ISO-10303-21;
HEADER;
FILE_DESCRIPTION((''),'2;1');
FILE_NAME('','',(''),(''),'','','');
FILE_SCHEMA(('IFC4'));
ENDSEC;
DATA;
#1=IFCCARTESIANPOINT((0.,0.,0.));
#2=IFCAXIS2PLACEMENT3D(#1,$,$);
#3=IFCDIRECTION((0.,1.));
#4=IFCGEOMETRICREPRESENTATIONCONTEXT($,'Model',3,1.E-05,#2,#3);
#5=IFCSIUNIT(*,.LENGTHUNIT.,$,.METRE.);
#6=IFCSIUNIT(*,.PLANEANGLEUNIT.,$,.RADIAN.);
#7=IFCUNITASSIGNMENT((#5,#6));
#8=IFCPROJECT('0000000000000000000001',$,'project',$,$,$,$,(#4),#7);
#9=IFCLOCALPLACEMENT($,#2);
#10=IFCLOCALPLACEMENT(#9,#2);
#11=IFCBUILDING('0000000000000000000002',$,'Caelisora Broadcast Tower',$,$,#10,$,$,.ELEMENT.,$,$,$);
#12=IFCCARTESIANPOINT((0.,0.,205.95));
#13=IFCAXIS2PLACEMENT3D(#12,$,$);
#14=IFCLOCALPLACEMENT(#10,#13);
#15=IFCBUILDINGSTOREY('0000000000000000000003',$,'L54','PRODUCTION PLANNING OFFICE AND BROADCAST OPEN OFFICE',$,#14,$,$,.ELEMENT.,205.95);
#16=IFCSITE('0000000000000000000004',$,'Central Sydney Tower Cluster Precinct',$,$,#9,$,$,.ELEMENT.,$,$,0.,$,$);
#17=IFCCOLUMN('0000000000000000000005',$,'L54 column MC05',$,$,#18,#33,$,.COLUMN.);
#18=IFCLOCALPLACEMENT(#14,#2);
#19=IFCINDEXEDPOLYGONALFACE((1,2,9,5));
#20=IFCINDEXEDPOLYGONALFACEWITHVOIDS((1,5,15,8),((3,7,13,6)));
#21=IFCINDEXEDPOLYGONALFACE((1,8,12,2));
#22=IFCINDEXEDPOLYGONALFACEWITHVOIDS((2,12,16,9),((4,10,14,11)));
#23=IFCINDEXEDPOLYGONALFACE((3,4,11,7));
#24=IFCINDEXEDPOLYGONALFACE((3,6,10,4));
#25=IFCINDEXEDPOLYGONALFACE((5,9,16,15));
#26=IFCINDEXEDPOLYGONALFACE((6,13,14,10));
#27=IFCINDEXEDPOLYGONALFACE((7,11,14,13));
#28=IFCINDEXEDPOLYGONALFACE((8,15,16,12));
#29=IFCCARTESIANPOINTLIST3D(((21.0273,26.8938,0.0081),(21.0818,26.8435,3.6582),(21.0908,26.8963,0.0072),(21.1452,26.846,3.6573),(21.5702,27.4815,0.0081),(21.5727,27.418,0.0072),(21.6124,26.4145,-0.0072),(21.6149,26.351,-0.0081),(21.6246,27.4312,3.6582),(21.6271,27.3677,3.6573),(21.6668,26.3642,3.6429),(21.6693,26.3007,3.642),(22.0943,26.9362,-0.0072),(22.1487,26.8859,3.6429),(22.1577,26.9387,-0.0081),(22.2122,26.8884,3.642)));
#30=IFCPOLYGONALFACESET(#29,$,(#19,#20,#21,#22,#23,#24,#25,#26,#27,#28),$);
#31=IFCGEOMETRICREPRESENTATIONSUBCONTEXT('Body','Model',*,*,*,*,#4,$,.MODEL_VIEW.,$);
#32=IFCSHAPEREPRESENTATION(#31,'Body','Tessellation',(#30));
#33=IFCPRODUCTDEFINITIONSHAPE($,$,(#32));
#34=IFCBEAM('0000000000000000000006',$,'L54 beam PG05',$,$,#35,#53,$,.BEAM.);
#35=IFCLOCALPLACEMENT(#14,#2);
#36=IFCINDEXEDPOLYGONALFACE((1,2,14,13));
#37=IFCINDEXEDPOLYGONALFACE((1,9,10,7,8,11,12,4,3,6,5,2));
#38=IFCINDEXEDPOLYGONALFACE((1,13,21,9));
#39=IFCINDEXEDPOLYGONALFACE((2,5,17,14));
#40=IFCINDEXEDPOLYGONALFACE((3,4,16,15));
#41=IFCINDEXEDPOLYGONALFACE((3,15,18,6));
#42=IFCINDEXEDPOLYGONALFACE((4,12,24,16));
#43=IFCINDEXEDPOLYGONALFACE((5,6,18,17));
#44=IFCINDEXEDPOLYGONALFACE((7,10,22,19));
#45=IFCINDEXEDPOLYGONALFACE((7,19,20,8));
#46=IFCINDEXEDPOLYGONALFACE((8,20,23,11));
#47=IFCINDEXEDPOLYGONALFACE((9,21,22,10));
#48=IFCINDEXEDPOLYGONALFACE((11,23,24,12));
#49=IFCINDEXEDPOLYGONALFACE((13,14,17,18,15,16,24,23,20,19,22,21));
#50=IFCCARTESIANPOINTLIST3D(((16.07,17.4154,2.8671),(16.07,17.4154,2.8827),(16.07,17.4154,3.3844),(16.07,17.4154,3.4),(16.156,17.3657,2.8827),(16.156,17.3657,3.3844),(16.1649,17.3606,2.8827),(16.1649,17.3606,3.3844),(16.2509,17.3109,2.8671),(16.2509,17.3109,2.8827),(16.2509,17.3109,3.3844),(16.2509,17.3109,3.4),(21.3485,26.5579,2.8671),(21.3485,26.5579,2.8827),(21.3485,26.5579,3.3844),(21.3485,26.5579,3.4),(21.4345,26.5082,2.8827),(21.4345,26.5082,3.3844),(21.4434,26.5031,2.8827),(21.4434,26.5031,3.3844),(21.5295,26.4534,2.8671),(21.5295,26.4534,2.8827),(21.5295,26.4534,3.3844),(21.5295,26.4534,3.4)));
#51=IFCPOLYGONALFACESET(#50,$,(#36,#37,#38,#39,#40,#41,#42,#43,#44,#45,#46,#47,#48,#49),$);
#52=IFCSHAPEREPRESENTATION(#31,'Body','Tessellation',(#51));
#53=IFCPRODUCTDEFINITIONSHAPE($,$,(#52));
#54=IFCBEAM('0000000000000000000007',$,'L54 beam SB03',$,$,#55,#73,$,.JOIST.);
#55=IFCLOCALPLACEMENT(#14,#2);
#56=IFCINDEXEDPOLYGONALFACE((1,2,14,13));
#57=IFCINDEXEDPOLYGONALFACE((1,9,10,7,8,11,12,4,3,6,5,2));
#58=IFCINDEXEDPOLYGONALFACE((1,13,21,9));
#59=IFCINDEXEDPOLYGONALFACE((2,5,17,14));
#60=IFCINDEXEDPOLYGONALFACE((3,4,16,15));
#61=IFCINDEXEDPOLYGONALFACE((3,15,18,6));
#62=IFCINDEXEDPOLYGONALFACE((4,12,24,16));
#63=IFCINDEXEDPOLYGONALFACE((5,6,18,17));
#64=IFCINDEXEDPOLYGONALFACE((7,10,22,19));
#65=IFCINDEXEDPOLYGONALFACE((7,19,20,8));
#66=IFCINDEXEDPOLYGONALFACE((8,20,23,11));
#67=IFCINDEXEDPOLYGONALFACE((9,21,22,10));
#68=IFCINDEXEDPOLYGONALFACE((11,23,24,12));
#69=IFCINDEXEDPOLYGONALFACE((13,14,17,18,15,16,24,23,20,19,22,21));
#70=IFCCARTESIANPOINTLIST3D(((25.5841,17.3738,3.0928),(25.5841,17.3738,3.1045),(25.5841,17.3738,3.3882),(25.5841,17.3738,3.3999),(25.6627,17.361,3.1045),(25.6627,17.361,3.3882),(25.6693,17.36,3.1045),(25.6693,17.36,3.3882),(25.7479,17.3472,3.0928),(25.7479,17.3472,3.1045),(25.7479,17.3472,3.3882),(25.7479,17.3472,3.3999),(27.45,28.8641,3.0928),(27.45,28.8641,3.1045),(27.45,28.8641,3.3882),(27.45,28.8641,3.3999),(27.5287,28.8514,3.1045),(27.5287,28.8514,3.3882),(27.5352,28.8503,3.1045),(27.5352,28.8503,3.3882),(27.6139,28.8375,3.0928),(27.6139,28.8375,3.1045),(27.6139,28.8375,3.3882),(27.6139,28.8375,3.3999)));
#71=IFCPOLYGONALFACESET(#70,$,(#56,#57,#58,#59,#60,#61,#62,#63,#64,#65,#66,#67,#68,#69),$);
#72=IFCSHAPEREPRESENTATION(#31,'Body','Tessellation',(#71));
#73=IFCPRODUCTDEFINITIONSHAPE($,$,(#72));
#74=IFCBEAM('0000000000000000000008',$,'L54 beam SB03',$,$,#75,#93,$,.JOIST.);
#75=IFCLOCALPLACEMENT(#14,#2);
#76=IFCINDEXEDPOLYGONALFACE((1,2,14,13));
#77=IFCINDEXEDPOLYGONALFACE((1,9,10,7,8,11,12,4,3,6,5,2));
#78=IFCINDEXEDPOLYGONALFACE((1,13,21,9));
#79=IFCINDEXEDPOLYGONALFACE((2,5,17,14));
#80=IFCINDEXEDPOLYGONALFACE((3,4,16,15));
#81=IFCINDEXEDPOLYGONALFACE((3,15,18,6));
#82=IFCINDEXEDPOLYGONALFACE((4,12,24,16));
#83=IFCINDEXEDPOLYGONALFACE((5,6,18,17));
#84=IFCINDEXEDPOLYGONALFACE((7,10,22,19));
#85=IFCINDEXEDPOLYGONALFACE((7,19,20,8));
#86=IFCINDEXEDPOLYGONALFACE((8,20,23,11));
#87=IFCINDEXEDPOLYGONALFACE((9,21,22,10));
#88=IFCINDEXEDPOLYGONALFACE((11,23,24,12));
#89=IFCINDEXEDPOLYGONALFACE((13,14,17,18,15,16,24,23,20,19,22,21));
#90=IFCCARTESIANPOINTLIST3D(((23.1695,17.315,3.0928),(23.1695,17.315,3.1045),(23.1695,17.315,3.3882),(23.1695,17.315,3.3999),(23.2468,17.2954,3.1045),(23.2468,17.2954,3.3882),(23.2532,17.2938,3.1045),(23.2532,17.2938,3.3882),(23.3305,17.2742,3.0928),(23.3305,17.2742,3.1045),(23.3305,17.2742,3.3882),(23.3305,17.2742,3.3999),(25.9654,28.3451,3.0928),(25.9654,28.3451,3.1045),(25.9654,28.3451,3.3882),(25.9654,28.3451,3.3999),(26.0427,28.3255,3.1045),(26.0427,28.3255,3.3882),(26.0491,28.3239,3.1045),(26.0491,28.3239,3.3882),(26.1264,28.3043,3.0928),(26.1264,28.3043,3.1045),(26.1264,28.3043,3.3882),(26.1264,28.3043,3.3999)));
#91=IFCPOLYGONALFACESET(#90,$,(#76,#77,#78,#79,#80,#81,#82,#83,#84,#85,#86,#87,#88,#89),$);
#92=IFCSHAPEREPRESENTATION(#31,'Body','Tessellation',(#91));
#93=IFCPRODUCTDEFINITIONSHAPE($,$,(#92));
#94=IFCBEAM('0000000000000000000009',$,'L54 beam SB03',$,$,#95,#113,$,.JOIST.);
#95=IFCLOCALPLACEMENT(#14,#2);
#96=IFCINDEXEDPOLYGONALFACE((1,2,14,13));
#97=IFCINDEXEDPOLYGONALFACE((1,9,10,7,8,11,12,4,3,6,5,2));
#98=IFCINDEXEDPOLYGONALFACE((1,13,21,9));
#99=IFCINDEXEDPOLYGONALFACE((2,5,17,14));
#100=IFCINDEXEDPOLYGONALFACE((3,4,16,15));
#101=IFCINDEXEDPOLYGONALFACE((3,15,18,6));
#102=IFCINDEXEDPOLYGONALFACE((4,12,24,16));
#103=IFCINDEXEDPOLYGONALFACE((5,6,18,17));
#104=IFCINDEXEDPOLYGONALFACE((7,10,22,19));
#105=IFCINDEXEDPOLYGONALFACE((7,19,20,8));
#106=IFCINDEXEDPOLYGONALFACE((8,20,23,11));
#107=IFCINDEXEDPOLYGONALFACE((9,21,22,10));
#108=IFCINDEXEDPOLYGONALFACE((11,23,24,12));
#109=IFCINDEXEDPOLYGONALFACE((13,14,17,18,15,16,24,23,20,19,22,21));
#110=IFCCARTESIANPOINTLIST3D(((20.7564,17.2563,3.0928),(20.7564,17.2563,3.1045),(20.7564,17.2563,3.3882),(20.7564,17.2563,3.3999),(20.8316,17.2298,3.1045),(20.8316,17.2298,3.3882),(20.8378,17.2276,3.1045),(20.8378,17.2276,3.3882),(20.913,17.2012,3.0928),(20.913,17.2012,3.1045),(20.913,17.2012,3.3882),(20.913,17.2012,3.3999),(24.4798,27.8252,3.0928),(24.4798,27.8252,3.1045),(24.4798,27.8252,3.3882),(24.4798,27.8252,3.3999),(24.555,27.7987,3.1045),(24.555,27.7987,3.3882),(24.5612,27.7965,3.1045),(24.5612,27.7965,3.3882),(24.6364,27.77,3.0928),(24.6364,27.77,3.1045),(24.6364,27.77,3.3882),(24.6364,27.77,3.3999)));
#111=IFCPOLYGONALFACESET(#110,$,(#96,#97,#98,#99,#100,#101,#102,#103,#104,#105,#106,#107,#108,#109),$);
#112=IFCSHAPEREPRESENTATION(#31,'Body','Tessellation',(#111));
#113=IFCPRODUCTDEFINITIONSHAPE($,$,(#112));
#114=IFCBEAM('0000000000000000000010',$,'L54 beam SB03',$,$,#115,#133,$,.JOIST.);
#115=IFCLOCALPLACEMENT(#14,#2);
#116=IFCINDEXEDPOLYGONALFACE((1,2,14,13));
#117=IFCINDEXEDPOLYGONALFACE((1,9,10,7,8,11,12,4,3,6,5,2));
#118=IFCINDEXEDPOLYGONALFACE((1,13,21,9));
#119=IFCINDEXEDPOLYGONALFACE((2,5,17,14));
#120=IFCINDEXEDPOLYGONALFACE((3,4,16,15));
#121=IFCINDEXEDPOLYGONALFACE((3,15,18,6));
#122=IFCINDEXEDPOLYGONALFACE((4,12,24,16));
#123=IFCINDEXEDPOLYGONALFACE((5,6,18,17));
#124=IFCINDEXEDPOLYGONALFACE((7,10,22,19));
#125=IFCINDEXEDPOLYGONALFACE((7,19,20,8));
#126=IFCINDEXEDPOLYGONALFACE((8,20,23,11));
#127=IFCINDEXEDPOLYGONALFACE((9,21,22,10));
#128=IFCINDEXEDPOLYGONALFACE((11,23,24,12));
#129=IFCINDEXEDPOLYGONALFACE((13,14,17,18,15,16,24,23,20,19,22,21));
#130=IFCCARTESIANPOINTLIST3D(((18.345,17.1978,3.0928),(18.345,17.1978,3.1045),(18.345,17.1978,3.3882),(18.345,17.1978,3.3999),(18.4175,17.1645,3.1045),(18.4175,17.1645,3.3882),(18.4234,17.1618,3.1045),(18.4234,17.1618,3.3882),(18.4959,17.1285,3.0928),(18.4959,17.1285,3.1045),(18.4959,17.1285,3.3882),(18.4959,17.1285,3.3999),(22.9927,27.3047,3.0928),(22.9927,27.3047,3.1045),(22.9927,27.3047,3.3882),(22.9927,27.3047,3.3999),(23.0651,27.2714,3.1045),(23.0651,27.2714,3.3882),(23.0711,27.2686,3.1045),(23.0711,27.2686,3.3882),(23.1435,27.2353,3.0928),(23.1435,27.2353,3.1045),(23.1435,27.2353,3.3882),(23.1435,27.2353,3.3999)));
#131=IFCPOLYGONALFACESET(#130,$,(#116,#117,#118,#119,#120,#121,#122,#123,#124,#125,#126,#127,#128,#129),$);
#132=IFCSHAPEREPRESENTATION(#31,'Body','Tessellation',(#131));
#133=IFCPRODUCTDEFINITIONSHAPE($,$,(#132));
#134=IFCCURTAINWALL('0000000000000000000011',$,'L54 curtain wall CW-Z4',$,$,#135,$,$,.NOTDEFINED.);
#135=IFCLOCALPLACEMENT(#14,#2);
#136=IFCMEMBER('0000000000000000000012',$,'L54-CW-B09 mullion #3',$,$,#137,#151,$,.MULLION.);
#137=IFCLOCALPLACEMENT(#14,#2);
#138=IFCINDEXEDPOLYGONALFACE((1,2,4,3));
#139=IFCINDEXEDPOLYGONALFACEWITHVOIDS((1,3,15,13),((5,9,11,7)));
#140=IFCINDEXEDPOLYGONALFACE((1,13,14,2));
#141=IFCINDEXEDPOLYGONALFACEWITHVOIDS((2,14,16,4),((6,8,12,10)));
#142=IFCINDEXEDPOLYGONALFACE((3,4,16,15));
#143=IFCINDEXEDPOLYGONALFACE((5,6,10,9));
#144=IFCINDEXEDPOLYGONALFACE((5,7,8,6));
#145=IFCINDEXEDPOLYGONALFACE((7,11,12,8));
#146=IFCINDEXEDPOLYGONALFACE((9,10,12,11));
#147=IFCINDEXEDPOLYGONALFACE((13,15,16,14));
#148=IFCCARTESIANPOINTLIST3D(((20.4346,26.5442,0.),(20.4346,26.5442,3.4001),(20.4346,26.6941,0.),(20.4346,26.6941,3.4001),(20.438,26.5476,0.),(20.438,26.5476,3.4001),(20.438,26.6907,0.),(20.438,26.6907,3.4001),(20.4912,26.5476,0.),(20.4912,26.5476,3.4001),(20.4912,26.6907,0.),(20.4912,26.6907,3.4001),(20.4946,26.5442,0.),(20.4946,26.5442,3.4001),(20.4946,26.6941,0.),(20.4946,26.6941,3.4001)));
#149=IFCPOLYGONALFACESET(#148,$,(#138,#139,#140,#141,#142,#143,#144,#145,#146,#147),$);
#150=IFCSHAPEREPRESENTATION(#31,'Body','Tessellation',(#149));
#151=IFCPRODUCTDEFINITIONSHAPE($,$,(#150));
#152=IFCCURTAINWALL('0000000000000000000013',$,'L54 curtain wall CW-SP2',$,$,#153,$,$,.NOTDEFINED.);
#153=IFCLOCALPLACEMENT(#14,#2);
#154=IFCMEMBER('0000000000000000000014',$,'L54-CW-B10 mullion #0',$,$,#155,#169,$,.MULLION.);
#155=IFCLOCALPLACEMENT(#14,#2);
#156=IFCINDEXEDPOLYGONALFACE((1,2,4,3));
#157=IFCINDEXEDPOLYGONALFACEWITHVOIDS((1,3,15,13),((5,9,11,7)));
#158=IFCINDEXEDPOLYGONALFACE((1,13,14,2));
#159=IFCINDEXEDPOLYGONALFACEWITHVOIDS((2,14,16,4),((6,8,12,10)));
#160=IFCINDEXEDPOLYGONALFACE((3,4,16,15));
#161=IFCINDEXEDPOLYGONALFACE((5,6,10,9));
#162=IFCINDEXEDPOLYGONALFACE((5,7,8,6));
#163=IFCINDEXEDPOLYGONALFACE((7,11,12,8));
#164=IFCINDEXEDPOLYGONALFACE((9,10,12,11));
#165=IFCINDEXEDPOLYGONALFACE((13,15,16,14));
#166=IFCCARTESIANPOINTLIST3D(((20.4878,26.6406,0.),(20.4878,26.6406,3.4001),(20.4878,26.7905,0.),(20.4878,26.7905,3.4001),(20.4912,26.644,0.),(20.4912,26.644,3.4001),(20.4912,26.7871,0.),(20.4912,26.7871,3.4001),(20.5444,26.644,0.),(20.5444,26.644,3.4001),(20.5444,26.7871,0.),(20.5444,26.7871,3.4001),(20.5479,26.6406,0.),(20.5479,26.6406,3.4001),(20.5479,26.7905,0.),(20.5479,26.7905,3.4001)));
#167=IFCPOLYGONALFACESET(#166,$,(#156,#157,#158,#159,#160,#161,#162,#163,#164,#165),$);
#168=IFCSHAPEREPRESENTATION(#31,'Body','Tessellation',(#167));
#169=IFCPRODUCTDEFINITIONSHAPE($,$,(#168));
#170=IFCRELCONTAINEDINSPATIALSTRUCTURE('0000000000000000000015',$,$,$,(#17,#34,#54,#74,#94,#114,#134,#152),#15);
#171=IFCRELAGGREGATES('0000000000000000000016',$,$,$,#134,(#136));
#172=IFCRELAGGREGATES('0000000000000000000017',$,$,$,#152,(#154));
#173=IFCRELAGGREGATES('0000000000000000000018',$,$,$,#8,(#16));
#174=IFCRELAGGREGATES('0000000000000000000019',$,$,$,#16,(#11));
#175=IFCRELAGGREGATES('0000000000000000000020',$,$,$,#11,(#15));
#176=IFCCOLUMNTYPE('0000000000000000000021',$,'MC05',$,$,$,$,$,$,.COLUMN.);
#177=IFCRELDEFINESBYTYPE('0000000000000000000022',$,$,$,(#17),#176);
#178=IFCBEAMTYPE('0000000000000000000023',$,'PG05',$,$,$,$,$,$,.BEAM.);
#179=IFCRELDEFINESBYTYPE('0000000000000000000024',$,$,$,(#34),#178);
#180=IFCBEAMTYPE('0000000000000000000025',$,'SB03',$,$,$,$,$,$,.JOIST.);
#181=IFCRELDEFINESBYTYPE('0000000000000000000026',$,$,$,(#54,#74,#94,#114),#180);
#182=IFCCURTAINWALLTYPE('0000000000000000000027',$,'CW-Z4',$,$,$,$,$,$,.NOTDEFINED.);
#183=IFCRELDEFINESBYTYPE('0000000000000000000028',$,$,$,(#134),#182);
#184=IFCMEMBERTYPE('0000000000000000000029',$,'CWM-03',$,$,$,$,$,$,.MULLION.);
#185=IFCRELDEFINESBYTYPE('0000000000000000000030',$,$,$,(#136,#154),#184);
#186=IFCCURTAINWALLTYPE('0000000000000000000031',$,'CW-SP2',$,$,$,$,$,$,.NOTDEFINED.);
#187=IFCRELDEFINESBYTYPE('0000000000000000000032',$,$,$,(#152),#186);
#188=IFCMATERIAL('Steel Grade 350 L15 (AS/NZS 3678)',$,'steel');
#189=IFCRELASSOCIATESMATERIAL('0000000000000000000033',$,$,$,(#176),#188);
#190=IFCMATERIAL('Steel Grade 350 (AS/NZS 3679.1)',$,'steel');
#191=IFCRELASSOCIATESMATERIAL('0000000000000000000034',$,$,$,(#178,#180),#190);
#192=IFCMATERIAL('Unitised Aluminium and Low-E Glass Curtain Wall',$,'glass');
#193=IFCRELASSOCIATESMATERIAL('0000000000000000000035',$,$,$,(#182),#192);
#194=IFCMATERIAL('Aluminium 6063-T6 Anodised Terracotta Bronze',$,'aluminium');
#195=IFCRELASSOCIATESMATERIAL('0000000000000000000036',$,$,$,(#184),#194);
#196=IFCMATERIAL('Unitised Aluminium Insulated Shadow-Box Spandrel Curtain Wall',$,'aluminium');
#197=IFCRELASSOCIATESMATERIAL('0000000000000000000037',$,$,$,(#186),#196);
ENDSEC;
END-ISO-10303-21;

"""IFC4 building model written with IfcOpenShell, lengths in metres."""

from ifc_helpers import new_model, si_unit, direction, frame, origin, origin_2d, place, context, subcontext, project, spatial, hollow_rectangle, i_section, extrude, source, transform, mapped, material, material_profile, profile_set, type_object, type_shapes, element, aggregate, save


model = new_model("IFC4")

# Units and contexts
model_context = context("Model", 3, precision=1e-05, world=origin(), true_north=direction((0.0, 1.0)))
body_context = subcontext(model_context, "Body", "Model", "MODEL_VIEW")
ifc_project = project(units=[si_unit("LENGTHUNIT", "METRE"), si_unit("PLANEANGLEUNIT", "RADIAN")], contexts=[model_context])

# Site, building, storey
site_placement = place(None, origin())
site = spatial("IfcSite", under=ifc_project, at=site_placement, Name="Central Sydney Tower Cluster Precinct", CompositionType="ELEMENT", RefElevation=0.0)
building_placement = place(site_placement, origin())
building = spatial("IfcBuilding", under=site, at=building_placement, Name="Caelisora Broadcast Tower", CompositionType="ELEMENT")
storey_placement = place(building_placement, frame((0.0, 0.0, 205.95)))
storey = spatial("IfcBuildingStorey", under=building, at=storey_placement, Name="L54", Description="PRODUCTION PLANNING OFFICE AND BROADCAST OPEN OFFICE", CompositionType="ELEMENT", Elevation=205.95)

# Column
ifc_material_1 = material(Name="Steel Grade 350 L15 (AS/NZS 3678)", Category="steel")
ifc_material_profile_1 = material_profile(ifc_material_1, hollow_rectangle(XDim=0.8, YDim=0.8, WallThickness=0.0449, at=origin_2d()), Name="Steel Grade 350 L15 (AS/NZS 3678)")
ifc_profile_set_1 = profile_set([ifc_material_profile_1], Name="Steel Grade 350 L15 (AS/NZS 3678)")
column_type = type_object("IfcColumnType", Name="MC05", PredefinedType="COLUMN", material=ifc_profile_set_1)
shared_shape_1 = source(origin(), body_context, "Body", "SweptSolid", [
    extrude(hollow_rectangle(XDim=0.8, YDim=0.8, WallThickness=0.0449, at=origin_2d()), origin(), (0.0, 0.0, 1.0), 3.6509),
])
type_shapes(column_type, [shared_shape_1])
column_placement = place(storey_placement, frame((21.5925, 26.9163, 0.0), z_axis=(0.014912, -0.013776, 0.999794), x_axis=(0.678554, 0.734551, 0.0)))
element("IfcColumn", 1, at=column_placement, inside=storey, type_object=column_type, Name="L54 column MC05", PredefinedType="COLUMN", context=body_context, shape_type="MappedRepresentation", body=[
    mapped(shared_shape_1, transform((0.0, 0.0, 0.0), scale=1.0)),
])

# Beams
ifc_material_2 = material(Name="Steel Grade 350 (AS/NZS 3679.1)", Category="steel")
ifc_material_profile_2 = material_profile(ifc_material_2, i_section(OverallWidth=0.209, OverallDepth=0.533, WebThickness=0.0103, FlangeThickness=0.0156, at=origin_2d()), Name="Steel Grade 350 (AS/NZS 3679.1)")
ifc_profile_set_2 = profile_set([ifc_material_profile_2], Name="Steel Grade 350 (AS/NZS 3679.1)")
beam_type_1 = type_object("IfcBeamType", Name="PG05", PredefinedType="BEAM", material=ifc_profile_set_2)
shared_shape_2 = source(origin(), body_context, "Body", "SweptSolid", [
    extrude(i_section(OverallWidth=0.209, OverallDepth=0.533, WebThickness=0.0103, FlangeThickness=0.0156, at=origin_2d()), origin(), (0.0, 0.0, 1.0), 10.5569),
])
type_shapes(beam_type_1, [shared_shape_2])
beam_1_placement = place(storey_placement, frame((21.439, 26.5056, 3.1335), z_axis=(-0.500007, -0.866022, 0.0), x_axis=(0.866022, -0.500007, 0.0)))
element("IfcBeam", 2, at=beam_1_placement, inside=storey, type_object=beam_type_1, Name="L54 beam PG05", PredefinedType="BEAM", context=body_context, shape_type="MappedRepresentation", body=[
    mapped(shared_shape_2, transform((0.0, 0.0, 0.0), scale=1.0)),
])
ifc_material_profile_3 = material_profile(ifc_material_2, i_section(OverallWidth=0.166, OverallDepth=0.3071, WebThickness=0.0066, FlangeThickness=0.0117, at=origin_2d()), Name="Steel Grade 350 (AS/NZS 3679.1)")
ifc_profile_set_3 = profile_set([ifc_material_profile_3], Name="Steel Grade 350 (AS/NZS 3679.1)")
beam_type_2 = type_object("IfcBeamType", Name="SB03", PredefinedType="JOIST", material=ifc_profile_set_3)
shared_shape_3 = source(origin(), body_context, "Body", "SweptSolid", [
    extrude(i_section(OverallWidth=0.166, OverallDepth=0.3071, WebThickness=0.0066, FlangeThickness=0.0117, at=origin_2d()), origin(), (0.0, 0.0, 1.0), 11.6409),
])
beam_2_placement = place(storey_placement, frame((27.532, 28.8508, 3.2463), z_axis=(-0.160296, -0.987069, 0.0), x_axis=(0.987069, -0.160296, 0.0)))
element("IfcBeam", 3, at=beam_2_placement, inside=storey, type_object=beam_type_2, Name="L54 beam SB03", PredefinedType="JOIST", context=body_context, shape_type="MappedRepresentation", body=[
    mapped(shared_shape_3, transform((0.0, 0.0, 0.0), scale=1.0)),
])
shared_shape_4 = source(origin(), body_context, "Body", "SweptSolid", [
    extrude(i_section(OverallWidth=0.166, OverallDepth=0.3071, WebThickness=0.0066, FlangeThickness=0.0117, at=origin_2d()), origin(), (0.0, 0.0, 1.0), 11.3789),
])
beam_3_placement = place(storey_placement, frame((26.0459, 28.3247, 3.2463), z_axis=(-0.24571, -0.969343, 0.0), x_axis=(0.969343, -0.24571, 0.0)))
element("IfcBeam", 4, at=beam_3_placement, inside=storey, type_object=beam_type_2, Name="L54 beam SB03", PredefinedType="JOIST", context=body_context, shape_type="MappedRepresentation", body=[
    mapped(shared_shape_4, transform((0.0, 0.0, 0.0), scale=1.0)),
])
shared_shape_5 = source(origin(), body_context, "Body", "SweptSolid", [
    extrude(i_section(OverallWidth=0.166, OverallDepth=0.3071, WebThickness=0.0066, FlangeThickness=0.0117, at=origin_2d()), origin(), (0.0, 0.0, 1.0), 11.2056),
])
beam_4_placement = place(storey_placement, frame((24.5581, 27.7976, 3.2463), z_axis=(-0.332281, -0.94318, 0.0), x_axis=(0.94318, -0.332281, 0.0)))
element("IfcBeam", 5, at=beam_4_placement, inside=storey, type_object=beam_type_2, Name="L54 beam SB03", PredefinedType="JOIST", context=body_context, shape_type="MappedRepresentation", body=[
    mapped(shared_shape_5, transform((0.0, 0.0, 0.0), scale=1.0)),
])
shared_shape_6 = source(origin(), body_context, "Body", "SweptSolid", [
    extrude(i_section(OverallWidth=0.166, OverallDepth=0.3071, WebThickness=0.0066, FlangeThickness=0.0117, at=origin_2d()), origin(), (0.0, 0.0, 1.0), 11.1243),
])
type_shapes(beam_type_2, [shared_shape_3, shared_shape_4, shared_shape_5, shared_shape_6])
beam_5_placement = place(storey_placement, frame((23.0681, 27.27, 3.2463), z_axis=(-0.417795, -0.908541, 0.0), x_axis=(0.908541, -0.417795, 0.0)))
element("IfcBeam", 6, at=beam_5_placement, inside=storey, type_object=beam_type_2, Name="L54 beam SB03", PredefinedType="JOIST", context=body_context, shape_type="MappedRepresentation", body=[
    mapped(shared_shape_6, transform((0.0, 0.0, 0.0), scale=1.0)),
])

# Curtain wall, member
ifc_material_3 = material(Name="Unitised Aluminium and Low-E Glass Curtain Wall", Category="glass")
curtain_wall_type_1 = type_object("IfcCurtainWallType", Name="CW-Z4", PredefinedType="NOTDEFINED", material=ifc_material_3)
curtain_wall_1_placement = place(storey_placement, origin())
curtain_wall_1 = element("IfcCurtainWall", 7, at=curtain_wall_1_placement, inside=storey, type_object=curtain_wall_type_1, Name="L54 curtain wall CW-Z4", PredefinedType="NOTDEFINED")
ifc_material_4 = material(Name="Aluminium 6063-T6 Anodised Terracotta Bronze", Category="aluminium")
ifc_material_profile_4 = material_profile(ifc_material_4, hollow_rectangle(XDim=0.0601, YDim=0.1499, WallThickness=0.0034, at=origin_2d()), Name="Aluminium 6063-T6 Anodised Terracotta Bronze")
ifc_profile_set_4 = profile_set([ifc_material_profile_4], Name="Aluminium 6063-T6 Anodised Terracotta Bronze")
member_type_1 = type_object("IfcMemberType", Name="CWM-03", PredefinedType="MULLION", material=ifc_profile_set_4)
shared_shape_7 = source(origin(), body_context, "Body", "SweptSolid", [
    extrude(hollow_rectangle(XDim=0.0601, YDim=0.1499, WallThickness=0.0034, at=origin_2d()), origin(), (0.0, 0.0, 1.0), 3.4001),
])
type_shapes(member_type_1, [shared_shape_7])
member_1_placement = place(storey_placement, frame((20.4646, 26.6191, 0.0), z_axis=(0.0, 0.0, 1.0), x_axis=(1.0, 0.0, 0.0)))
member_1 = element("IfcMember", 8, at=member_1_placement, type_object=member_type_1, Name="L54-CW-B09 mullion #3", PredefinedType="MULLION", context=body_context, shape_type="MappedRepresentation", body=[
    mapped(shared_shape_7, transform((0.0, 0.0, 0.0), scale=1.0)),
])

# Curtain wall, member
ifc_material_5 = material(Name="Unitised Aluminium Insulated Shadow-Box Spandrel Curtain Wall", Category="aluminium")
curtain_wall_type_2 = type_object("IfcCurtainWallType", Name="CW-SP2", PredefinedType="NOTDEFINED", material=ifc_material_5)
curtain_wall_2_placement = place(storey_placement, origin())
curtain_wall_2 = element("IfcCurtainWall", 9, at=curtain_wall_2_placement, inside=storey, type_object=curtain_wall_type_2, Name="L54 curtain wall CW-SP2", PredefinedType="NOTDEFINED")
member_2_placement = place(storey_placement, frame((20.5178, 26.7156, 0.0), z_axis=(0.0, 0.0, 1.0), x_axis=(1.0, 0.0, 0.0)))
member_2 = element("IfcMember", 10, at=member_2_placement, type_object=member_type_1, Name="L54-CW-B10 mullion #0", PredefinedType="MULLION", context=body_context, shape_type="MappedRepresentation", body=[
    mapped(shared_shape_7, transform((0.0, 0.0, 0.0), scale=1.0)),
])

aggregate(curtain_wall_1, [member_1])
aggregate(curtain_wall_2, [member_2])

save(model, "model.ifc")
